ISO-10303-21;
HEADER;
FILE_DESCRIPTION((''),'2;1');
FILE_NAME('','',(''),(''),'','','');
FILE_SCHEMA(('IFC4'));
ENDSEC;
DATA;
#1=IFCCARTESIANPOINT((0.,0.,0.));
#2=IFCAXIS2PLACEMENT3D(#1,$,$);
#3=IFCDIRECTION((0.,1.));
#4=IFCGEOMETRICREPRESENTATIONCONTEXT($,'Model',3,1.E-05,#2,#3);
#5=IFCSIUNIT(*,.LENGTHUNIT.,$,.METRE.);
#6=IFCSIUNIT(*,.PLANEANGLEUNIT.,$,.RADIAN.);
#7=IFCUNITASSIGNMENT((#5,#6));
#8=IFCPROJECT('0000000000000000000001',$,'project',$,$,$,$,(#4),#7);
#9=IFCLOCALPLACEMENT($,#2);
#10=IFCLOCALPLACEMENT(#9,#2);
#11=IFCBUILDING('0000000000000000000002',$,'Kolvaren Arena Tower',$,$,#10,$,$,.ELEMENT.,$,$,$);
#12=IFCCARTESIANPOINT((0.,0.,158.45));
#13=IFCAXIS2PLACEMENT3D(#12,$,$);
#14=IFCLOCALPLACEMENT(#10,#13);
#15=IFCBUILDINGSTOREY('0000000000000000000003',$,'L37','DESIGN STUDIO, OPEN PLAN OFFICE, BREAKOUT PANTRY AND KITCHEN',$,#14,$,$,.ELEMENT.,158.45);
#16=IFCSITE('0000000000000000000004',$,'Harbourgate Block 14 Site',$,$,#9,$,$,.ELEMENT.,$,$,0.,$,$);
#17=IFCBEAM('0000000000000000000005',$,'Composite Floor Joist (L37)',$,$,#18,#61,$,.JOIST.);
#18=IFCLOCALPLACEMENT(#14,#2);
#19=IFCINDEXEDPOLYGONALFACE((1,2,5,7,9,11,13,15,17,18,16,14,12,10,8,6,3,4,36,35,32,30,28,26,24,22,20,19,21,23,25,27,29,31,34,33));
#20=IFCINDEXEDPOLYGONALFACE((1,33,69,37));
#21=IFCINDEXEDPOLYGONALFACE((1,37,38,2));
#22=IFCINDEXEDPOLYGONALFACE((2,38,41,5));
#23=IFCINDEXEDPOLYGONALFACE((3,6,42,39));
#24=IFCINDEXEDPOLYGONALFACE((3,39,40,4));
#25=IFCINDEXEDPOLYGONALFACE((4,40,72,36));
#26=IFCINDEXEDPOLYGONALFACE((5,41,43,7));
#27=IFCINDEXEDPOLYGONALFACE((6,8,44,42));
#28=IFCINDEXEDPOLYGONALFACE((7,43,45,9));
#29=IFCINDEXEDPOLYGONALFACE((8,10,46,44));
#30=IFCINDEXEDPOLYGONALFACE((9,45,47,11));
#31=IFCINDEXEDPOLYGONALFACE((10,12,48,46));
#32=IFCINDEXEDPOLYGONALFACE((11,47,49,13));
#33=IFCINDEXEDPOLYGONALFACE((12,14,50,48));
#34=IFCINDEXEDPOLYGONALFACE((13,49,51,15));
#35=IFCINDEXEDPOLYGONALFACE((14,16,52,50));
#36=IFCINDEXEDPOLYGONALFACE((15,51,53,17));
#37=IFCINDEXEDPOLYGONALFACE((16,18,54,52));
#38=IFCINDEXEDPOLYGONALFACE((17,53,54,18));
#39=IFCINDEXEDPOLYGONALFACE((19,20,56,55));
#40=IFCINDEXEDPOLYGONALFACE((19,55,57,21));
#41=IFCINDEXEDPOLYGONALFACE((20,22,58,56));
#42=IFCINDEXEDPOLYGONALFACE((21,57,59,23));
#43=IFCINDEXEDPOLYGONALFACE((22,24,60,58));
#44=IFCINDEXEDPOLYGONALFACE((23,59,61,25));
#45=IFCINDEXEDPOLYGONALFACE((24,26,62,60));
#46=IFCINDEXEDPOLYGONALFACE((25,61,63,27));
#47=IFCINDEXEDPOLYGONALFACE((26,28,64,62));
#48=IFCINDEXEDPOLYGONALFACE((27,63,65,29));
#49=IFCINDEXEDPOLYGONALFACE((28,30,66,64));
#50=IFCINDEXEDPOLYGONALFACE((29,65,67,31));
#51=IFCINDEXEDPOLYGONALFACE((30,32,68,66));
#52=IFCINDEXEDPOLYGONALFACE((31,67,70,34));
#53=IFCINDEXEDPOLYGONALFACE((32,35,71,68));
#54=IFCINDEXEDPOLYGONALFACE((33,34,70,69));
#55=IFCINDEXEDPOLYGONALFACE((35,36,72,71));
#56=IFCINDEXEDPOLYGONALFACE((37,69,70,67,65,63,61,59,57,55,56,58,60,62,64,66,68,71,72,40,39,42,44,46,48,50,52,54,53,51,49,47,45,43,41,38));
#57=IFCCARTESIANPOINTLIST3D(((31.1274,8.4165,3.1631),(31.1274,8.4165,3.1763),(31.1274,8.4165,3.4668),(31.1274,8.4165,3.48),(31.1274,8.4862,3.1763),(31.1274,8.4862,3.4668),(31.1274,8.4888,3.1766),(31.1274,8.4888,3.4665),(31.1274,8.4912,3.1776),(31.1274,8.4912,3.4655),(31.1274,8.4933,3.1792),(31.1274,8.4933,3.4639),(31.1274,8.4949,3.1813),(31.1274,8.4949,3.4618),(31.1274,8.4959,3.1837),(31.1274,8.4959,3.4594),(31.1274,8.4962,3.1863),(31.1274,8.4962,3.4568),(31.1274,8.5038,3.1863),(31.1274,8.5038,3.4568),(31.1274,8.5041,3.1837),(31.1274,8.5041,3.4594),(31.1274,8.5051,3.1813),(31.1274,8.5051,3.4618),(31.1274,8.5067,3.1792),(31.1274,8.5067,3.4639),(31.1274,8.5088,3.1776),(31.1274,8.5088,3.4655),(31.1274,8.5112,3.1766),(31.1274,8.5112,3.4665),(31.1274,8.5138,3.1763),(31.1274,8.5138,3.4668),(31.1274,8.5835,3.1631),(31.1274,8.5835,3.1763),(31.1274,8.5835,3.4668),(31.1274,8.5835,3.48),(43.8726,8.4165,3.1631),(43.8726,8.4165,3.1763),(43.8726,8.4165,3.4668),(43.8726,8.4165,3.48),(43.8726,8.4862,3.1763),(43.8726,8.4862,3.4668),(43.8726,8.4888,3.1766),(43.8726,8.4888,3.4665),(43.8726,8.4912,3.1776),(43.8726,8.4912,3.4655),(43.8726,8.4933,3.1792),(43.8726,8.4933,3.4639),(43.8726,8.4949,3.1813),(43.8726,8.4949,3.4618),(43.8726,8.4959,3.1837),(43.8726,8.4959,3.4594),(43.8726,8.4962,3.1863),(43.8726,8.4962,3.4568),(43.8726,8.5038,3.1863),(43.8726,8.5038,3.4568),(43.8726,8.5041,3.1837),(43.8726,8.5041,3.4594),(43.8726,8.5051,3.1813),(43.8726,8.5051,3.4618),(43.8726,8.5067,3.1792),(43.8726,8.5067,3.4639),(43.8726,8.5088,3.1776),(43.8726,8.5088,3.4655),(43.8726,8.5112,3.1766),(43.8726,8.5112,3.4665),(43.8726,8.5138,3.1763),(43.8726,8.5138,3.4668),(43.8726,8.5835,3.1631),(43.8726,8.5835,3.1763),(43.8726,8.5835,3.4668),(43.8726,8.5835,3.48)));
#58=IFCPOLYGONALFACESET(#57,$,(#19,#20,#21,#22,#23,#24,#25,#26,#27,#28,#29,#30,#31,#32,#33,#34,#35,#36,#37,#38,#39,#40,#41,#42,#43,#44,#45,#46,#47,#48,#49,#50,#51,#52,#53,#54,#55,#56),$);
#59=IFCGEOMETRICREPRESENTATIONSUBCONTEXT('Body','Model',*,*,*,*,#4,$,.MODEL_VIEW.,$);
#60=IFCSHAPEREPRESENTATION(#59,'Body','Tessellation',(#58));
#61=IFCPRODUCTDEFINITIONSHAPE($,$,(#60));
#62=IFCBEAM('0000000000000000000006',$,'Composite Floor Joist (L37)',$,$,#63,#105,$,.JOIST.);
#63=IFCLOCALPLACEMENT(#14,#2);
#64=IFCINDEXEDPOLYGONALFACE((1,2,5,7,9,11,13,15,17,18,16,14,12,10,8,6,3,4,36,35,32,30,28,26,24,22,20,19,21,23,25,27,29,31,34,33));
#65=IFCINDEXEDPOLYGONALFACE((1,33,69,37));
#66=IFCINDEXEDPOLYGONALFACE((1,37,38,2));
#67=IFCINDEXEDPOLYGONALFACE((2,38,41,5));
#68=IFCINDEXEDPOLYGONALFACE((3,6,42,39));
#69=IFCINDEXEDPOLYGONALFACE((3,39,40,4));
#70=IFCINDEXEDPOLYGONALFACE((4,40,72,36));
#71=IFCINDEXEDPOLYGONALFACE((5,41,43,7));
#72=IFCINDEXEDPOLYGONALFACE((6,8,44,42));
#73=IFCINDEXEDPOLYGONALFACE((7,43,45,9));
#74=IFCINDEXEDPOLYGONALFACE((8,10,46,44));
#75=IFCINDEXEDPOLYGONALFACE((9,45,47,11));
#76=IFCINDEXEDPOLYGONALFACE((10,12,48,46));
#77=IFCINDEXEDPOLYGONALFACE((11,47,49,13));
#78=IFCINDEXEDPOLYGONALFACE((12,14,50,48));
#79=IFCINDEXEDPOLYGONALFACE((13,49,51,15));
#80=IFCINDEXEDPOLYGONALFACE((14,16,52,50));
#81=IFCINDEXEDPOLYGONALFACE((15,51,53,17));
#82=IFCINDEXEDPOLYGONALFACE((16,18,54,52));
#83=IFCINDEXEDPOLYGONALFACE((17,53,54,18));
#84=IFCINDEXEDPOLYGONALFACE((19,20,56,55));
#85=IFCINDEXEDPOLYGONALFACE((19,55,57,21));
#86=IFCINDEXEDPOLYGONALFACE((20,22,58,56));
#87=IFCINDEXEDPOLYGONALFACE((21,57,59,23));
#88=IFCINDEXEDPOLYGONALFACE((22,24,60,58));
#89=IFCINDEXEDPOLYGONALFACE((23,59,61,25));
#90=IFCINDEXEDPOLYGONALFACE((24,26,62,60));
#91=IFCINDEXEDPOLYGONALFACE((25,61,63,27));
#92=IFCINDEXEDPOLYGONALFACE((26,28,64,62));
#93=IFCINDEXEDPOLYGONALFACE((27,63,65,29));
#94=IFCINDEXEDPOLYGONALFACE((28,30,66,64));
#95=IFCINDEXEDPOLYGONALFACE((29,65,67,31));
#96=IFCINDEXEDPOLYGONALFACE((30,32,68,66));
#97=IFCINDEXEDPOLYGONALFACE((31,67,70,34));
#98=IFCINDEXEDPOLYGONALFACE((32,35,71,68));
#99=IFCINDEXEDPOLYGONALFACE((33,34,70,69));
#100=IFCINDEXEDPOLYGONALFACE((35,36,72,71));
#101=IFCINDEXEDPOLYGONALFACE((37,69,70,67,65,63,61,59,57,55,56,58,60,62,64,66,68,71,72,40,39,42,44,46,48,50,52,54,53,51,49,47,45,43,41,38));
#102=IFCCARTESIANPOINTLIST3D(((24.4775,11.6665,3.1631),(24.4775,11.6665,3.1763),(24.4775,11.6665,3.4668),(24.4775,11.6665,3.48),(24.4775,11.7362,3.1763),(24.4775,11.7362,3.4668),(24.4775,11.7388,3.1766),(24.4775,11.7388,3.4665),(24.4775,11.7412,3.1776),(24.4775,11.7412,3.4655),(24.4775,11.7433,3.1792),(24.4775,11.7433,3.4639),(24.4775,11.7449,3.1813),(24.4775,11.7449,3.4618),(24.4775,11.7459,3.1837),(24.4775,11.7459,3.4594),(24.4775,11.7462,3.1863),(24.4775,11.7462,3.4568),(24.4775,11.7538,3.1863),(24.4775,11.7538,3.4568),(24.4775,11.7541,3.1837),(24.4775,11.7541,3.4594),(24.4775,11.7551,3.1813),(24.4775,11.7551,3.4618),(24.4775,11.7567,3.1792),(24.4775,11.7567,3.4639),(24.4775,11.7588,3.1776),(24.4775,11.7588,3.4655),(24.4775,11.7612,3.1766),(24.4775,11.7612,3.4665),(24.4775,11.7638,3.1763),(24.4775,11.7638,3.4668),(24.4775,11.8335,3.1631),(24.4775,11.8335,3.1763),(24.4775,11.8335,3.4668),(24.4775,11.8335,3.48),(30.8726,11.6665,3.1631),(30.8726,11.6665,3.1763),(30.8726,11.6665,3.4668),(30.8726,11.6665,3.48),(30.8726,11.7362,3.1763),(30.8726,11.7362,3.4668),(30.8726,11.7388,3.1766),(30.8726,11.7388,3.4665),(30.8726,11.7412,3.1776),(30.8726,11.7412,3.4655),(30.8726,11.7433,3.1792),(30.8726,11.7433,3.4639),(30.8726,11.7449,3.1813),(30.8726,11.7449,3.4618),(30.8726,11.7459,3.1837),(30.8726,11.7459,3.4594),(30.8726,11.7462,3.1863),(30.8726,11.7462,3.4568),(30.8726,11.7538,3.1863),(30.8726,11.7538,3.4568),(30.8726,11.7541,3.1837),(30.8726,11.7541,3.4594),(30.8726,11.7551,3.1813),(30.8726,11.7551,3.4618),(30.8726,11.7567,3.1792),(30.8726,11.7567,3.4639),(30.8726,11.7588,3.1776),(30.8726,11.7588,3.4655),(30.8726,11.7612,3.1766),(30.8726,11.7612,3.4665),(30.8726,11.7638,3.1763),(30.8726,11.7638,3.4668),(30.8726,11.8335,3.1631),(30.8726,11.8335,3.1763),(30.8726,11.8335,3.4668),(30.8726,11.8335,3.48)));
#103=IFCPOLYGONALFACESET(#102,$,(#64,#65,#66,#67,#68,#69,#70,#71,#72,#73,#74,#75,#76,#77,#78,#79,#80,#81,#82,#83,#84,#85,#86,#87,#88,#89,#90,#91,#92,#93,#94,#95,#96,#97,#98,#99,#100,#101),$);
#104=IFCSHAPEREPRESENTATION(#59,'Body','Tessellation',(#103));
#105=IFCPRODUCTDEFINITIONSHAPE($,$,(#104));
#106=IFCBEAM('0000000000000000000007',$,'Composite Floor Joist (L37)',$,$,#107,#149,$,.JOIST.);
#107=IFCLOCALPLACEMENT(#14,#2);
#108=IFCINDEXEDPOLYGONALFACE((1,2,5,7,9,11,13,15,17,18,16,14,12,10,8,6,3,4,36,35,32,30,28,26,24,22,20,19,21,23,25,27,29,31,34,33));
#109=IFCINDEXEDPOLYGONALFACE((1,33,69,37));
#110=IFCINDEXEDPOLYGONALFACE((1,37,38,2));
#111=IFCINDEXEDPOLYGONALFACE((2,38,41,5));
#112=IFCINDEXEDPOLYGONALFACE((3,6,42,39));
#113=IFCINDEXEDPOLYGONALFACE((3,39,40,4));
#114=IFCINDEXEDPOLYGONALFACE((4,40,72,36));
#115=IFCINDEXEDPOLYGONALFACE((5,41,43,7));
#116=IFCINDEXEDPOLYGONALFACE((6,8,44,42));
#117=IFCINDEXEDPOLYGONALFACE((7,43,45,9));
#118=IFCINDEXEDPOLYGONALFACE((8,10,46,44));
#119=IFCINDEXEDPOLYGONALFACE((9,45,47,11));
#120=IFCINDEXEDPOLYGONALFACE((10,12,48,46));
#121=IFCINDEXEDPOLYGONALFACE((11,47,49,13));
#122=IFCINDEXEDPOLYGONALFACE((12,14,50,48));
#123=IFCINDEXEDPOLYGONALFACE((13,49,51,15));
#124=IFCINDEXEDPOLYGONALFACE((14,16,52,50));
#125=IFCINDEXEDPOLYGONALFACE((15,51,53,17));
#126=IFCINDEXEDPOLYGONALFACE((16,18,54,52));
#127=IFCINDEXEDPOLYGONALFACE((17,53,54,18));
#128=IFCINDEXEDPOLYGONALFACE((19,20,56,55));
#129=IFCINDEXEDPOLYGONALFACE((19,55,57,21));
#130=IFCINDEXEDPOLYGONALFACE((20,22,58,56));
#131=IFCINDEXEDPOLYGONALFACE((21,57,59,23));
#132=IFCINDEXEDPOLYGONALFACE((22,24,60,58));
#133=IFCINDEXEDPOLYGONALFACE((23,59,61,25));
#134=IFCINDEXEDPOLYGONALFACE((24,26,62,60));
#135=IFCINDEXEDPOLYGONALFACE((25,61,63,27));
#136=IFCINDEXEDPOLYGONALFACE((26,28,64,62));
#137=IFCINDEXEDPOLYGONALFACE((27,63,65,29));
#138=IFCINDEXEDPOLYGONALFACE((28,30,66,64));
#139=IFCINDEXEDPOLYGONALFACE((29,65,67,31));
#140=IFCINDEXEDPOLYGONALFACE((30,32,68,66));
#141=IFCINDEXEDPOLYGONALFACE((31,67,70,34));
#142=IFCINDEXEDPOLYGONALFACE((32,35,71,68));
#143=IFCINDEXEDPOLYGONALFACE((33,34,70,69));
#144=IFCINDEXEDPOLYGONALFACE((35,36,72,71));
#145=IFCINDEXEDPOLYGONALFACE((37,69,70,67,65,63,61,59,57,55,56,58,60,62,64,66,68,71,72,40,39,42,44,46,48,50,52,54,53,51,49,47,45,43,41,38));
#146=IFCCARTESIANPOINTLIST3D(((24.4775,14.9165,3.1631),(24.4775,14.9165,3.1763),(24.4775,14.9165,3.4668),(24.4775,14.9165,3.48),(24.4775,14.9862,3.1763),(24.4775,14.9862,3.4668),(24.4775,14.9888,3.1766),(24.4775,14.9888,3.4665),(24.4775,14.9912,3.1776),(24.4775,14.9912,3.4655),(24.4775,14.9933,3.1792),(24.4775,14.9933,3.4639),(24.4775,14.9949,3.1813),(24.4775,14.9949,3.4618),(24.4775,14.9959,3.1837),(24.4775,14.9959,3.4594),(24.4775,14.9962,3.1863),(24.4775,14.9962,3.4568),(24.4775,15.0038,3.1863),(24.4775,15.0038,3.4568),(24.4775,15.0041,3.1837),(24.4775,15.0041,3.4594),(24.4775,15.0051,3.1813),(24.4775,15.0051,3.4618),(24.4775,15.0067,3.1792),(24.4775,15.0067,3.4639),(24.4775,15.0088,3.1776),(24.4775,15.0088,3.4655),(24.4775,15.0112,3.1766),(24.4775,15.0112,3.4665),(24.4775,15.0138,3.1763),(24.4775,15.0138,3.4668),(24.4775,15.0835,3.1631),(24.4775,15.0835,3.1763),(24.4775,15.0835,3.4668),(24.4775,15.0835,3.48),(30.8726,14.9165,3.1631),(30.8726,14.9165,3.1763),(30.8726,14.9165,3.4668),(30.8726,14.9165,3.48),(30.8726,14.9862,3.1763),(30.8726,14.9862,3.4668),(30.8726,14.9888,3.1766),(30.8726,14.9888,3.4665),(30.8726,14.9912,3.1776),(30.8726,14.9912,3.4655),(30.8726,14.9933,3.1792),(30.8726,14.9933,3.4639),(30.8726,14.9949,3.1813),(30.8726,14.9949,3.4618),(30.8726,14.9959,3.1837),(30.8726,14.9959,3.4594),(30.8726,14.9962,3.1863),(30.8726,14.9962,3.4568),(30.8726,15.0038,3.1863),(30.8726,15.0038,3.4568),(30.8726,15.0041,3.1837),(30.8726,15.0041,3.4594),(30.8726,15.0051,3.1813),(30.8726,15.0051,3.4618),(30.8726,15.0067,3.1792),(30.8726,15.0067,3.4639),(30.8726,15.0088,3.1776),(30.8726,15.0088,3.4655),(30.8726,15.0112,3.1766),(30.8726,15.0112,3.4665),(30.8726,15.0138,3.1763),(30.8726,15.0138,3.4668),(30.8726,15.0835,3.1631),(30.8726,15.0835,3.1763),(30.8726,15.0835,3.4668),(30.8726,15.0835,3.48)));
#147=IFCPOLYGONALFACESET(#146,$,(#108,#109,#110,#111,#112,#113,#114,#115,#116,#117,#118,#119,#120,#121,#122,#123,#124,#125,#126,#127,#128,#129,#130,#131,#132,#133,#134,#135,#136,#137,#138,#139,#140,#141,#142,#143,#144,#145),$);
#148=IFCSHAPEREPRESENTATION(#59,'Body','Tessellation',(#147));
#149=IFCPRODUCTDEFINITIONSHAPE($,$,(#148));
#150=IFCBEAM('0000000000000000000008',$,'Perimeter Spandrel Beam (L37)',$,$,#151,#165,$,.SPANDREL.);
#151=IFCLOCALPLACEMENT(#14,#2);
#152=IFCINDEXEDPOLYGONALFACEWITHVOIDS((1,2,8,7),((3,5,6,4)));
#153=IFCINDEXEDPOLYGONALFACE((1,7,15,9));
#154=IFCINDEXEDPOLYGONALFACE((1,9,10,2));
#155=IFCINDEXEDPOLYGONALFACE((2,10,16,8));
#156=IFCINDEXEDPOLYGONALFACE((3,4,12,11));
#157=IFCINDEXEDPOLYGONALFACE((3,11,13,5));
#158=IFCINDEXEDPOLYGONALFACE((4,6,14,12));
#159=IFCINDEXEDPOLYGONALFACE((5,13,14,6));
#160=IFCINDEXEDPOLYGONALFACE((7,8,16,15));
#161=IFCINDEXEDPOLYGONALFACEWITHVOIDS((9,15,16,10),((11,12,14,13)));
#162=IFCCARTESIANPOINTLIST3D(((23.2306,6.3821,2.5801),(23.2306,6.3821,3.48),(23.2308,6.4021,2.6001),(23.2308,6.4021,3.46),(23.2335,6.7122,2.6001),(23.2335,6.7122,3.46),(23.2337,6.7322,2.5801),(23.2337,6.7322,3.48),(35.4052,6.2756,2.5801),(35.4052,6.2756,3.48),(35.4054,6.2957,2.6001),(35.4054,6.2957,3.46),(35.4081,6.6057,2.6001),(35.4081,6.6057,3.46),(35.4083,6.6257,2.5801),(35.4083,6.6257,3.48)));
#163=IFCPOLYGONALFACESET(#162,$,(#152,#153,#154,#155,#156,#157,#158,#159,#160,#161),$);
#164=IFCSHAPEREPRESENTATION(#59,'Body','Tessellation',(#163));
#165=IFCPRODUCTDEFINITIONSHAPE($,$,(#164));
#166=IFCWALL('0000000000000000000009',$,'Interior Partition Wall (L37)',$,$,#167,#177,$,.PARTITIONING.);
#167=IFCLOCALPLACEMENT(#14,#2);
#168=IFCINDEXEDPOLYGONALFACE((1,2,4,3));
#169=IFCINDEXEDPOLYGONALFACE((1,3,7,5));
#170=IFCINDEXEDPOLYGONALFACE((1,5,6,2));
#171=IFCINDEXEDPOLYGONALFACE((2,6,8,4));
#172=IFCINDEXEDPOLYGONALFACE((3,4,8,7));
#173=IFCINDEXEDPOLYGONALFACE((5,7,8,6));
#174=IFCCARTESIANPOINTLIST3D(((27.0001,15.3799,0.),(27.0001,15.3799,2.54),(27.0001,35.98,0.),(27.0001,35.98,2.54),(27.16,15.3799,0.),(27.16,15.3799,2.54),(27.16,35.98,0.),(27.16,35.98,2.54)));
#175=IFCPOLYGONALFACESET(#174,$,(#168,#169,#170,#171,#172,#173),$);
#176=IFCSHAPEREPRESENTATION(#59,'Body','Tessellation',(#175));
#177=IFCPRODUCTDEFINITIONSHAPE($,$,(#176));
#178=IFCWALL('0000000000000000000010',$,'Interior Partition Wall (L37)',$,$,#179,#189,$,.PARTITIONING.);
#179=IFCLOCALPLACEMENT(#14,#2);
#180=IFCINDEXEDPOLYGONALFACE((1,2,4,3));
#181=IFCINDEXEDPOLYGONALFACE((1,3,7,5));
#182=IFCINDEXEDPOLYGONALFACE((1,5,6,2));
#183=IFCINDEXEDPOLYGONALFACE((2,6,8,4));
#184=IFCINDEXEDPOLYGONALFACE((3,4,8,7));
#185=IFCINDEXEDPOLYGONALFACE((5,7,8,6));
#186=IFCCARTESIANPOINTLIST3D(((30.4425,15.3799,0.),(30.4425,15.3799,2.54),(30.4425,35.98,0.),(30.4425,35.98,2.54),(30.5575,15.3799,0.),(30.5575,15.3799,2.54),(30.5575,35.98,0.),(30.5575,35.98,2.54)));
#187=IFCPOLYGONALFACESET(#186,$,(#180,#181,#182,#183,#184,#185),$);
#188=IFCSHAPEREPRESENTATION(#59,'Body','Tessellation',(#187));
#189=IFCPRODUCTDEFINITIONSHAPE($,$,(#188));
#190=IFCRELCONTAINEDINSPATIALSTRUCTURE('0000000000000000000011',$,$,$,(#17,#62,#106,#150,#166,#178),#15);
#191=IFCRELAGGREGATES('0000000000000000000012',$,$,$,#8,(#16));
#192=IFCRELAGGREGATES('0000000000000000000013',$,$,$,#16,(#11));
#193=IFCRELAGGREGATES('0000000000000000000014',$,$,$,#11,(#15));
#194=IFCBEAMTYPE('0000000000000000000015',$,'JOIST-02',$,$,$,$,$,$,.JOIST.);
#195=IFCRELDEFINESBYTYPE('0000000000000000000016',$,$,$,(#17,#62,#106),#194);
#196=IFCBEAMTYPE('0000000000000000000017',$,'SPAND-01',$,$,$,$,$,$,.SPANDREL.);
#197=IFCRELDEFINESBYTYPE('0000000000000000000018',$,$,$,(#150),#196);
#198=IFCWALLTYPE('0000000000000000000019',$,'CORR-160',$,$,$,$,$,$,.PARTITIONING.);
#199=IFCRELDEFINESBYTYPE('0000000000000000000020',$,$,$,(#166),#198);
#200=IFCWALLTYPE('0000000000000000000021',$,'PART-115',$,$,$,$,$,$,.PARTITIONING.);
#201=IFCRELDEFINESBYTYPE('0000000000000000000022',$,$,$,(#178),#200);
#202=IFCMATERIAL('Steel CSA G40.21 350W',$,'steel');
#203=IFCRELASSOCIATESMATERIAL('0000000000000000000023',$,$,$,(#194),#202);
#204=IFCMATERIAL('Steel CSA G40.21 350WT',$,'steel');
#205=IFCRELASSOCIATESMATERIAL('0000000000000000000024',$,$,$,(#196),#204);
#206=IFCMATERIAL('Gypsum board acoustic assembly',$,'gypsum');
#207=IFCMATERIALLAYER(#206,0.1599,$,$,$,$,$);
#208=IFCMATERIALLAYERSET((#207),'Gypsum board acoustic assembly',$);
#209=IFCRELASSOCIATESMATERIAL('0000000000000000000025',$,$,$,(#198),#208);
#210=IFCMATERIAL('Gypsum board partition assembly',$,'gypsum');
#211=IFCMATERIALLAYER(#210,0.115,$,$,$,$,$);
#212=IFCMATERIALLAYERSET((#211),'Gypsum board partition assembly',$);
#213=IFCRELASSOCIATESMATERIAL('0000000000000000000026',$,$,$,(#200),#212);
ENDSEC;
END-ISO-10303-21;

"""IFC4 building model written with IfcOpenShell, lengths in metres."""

from ifc_helpers import new_model, si_unit, direction, frame, frame_2d, origin, origin_2d, place, context, subcontext, project, spatial, rectangle, hollow_rectangle, i_section, extrude, material, layer, layer_set, material_profile, profile_set, type_object, element, save


model = new_model("IFC4")

# Units and contexts
model_context = context("Model", 3, precision=1e-05, world=origin(), true_north=direction((0.0, 1.0)))
body_context = subcontext(model_context, "Body", "Model", "MODEL_VIEW")
ifc_project = project(units=[si_unit("LENGTHUNIT", "METRE"), si_unit("PLANEANGLEUNIT", "RADIAN")], contexts=[model_context])

# Site, building, storey
site_placement = place(None, origin())
site = spatial("IfcSite", under=ifc_project, at=site_placement, Name="Harbourgate Block 14 Site", CompositionType="ELEMENT", RefElevation=0.0)
building_placement = place(site_placement, origin())
building = spatial("IfcBuilding", under=site, at=building_placement, Name="Kolvaren Arena Tower", CompositionType="ELEMENT")
storey_placement = place(building_placement, frame((0.0, 0.0, 158.45)))
storey = spatial("IfcBuildingStorey", under=building, at=storey_placement, Name="L37", Description="DESIGN STUDIO, OPEN PLAN OFFICE, BREAKOUT PANTRY AND KITCHEN", CompositionType="ELEMENT", Elevation=158.45)

# Beams
ifc_material_1 = material(Name="Steel CSA G40.21 350W", Category="steel")
ifc_material_profile_1 = material_profile(ifc_material_1, i_section(OverallWidth=0.167, OverallDepth=0.3169, WebThickness=0.0076, FlangeThickness=0.0132, FilletRadius=0.01, at=origin_2d()), Name="W310x52")
ifc_profile_set_1 = profile_set([ifc_material_profile_1], Name="Steel CSA G40.21 350W")
beam_type_1 = type_object("IfcBeamType", Name="JOIST-02", PredefinedType="JOIST", material=ifc_profile_set_1)
beam_1_placement = place(storey_placement, frame((31.1274, 8.5, 3.3215), z_axis=(1.0, 0.0, 0.0), x_axis=(0.0, 1.0, 0.0)))
element("IfcBeam", 1, at=beam_1_placement, inside=storey, type_object=beam_type_1, Name="Composite Floor Joist (L37)", PredefinedType="JOIST", context=body_context, shape_type="SweptSolid", body=[
    extrude(i_section(OverallWidth=0.167, OverallDepth=0.3169, WebThickness=0.0076, FlangeThickness=0.0132, FilletRadius=0.01, at=origin_2d()), origin(), (0.0, 0.0, 1.0), 12.7451),
])
for number, where, z_axis, x_axis, name in (
    (2, (24.4775, 11.75, 3.3215), (1.0, 0.0, 0.0), (0.0, 1.0, 0.0), "Composite Floor Joist (L37)"),
    (3, (24.4775, 15.0, 3.3215), (1.0, 0.0, 0.0), (0.0, 1.0, 0.0), "Composite Floor Joist (L37)"),
):
    element("IfcBeam", number, at=place(storey_placement, frame(where, z_axis=z_axis, x_axis=x_axis)), inside=storey, type_object=beam_type_1, Name=name, PredefinedType="JOIST", context=body_context, shape_type="SweptSolid", body=[
        extrude(i_section(OverallWidth=0.167, OverallDepth=0.3169, WebThickness=0.0076, FlangeThickness=0.0132, FilletRadius=0.01, at=origin_2d()), origin(), (0.0, 0.0, 1.0), 6.395),
    ])
ifc_material_2 = material(Name="Steel CSA G40.21 350WT", Category="steel")
ifc_material_profile_2 = material_profile(ifc_material_2, hollow_rectangle(XDim=0.3501, YDim=0.8999, WallThickness=0.02, at=origin_2d()), Name="HSS 900x350x20")
ifc_profile_set_2 = profile_set([ifc_material_profile_2], Name="Steel CSA G40.21 350WT")
beam_type_2 = type_object("IfcBeamType", Name="SPAND-01", PredefinedType="SPANDREL", material=ifc_profile_set_2)
beam_2_placement = place(storey_placement, frame((23.2322, 6.5571, 3.03), z_axis=(0.999962, -0.008743, 0.0), x_axis=(0.008743, 0.999962, 0.0)))
element("IfcBeam", 4, at=beam_2_placement, inside=storey, type_object=beam_type_2, Name="Perimeter Spandrel Beam (L37)", PredefinedType="SPANDREL", context=body_context, shape_type="SweptSolid", body=[
    extrude(hollow_rectangle(XDim=0.3501, YDim=0.8999, WallThickness=0.02, at=origin_2d()), origin(), (0.0, 0.0, 1.0), 12.175),
])

# Shared definitions
ifc_material_3 = material(Name="Gypsum board acoustic assembly", Category="gypsum")
ifc_layer_1 = layer(ifc_material_3, 0.1599)
ifc_layer_set_1 = layer_set([ifc_layer_1], Name="Gypsum board acoustic assembly")
wall_type_1 = type_object("IfcWallType", Name="CORR-160", PredefinedType="PARTITIONING", material=ifc_layer_set_1)

# Walls
wall_1_placement = place(storey_placement, frame((27.0801, 15.3799, 0.0), z_axis=(0.0, 0.0, 1.0), x_axis=(0.0, 1.0, 0.0)))
element("IfcWall", 5, at=wall_1_placement, inside=storey, type_object=wall_type_1, Name="Interior Partition Wall (L37)", PredefinedType="PARTITIONING", context=body_context, shape_type="SweptSolid", body=[
    extrude(rectangle(XDim=20.6001, YDim=0.1599, at=frame_2d((10.3, 0.0))), origin(), (0.0, 0.0, 1.0), 2.54),
])
ifc_material_4 = material(Name="Gypsum board partition assembly", Category="gypsum")
ifc_layer_2 = layer(ifc_material_4, 0.115)
ifc_layer_set_2 = layer_set([ifc_layer_2], Name="Gypsum board partition assembly")
wall_type_2 = type_object("IfcWallType", Name="PART-115", PredefinedType="PARTITIONING", material=ifc_layer_set_2)
wall_2_placement = place(storey_placement, frame((30.5, 15.3799, 0.0), z_axis=(0.0, 0.0, 1.0), x_axis=(0.0, 1.0, 0.0)))
element("IfcWall", 6, at=wall_2_placement, inside=storey, type_object=wall_type_2, Name="Interior Partition Wall (L37)", PredefinedType="PARTITIONING", context=body_context, shape_type="SweptSolid", body=[
    extrude(rectangle(XDim=20.6001, YDim=0.115, at=frame_2d((10.3, 0.0))), origin(), (0.0, 0.0, 1.0), 2.54),
])

save(model, "model.ifc")
